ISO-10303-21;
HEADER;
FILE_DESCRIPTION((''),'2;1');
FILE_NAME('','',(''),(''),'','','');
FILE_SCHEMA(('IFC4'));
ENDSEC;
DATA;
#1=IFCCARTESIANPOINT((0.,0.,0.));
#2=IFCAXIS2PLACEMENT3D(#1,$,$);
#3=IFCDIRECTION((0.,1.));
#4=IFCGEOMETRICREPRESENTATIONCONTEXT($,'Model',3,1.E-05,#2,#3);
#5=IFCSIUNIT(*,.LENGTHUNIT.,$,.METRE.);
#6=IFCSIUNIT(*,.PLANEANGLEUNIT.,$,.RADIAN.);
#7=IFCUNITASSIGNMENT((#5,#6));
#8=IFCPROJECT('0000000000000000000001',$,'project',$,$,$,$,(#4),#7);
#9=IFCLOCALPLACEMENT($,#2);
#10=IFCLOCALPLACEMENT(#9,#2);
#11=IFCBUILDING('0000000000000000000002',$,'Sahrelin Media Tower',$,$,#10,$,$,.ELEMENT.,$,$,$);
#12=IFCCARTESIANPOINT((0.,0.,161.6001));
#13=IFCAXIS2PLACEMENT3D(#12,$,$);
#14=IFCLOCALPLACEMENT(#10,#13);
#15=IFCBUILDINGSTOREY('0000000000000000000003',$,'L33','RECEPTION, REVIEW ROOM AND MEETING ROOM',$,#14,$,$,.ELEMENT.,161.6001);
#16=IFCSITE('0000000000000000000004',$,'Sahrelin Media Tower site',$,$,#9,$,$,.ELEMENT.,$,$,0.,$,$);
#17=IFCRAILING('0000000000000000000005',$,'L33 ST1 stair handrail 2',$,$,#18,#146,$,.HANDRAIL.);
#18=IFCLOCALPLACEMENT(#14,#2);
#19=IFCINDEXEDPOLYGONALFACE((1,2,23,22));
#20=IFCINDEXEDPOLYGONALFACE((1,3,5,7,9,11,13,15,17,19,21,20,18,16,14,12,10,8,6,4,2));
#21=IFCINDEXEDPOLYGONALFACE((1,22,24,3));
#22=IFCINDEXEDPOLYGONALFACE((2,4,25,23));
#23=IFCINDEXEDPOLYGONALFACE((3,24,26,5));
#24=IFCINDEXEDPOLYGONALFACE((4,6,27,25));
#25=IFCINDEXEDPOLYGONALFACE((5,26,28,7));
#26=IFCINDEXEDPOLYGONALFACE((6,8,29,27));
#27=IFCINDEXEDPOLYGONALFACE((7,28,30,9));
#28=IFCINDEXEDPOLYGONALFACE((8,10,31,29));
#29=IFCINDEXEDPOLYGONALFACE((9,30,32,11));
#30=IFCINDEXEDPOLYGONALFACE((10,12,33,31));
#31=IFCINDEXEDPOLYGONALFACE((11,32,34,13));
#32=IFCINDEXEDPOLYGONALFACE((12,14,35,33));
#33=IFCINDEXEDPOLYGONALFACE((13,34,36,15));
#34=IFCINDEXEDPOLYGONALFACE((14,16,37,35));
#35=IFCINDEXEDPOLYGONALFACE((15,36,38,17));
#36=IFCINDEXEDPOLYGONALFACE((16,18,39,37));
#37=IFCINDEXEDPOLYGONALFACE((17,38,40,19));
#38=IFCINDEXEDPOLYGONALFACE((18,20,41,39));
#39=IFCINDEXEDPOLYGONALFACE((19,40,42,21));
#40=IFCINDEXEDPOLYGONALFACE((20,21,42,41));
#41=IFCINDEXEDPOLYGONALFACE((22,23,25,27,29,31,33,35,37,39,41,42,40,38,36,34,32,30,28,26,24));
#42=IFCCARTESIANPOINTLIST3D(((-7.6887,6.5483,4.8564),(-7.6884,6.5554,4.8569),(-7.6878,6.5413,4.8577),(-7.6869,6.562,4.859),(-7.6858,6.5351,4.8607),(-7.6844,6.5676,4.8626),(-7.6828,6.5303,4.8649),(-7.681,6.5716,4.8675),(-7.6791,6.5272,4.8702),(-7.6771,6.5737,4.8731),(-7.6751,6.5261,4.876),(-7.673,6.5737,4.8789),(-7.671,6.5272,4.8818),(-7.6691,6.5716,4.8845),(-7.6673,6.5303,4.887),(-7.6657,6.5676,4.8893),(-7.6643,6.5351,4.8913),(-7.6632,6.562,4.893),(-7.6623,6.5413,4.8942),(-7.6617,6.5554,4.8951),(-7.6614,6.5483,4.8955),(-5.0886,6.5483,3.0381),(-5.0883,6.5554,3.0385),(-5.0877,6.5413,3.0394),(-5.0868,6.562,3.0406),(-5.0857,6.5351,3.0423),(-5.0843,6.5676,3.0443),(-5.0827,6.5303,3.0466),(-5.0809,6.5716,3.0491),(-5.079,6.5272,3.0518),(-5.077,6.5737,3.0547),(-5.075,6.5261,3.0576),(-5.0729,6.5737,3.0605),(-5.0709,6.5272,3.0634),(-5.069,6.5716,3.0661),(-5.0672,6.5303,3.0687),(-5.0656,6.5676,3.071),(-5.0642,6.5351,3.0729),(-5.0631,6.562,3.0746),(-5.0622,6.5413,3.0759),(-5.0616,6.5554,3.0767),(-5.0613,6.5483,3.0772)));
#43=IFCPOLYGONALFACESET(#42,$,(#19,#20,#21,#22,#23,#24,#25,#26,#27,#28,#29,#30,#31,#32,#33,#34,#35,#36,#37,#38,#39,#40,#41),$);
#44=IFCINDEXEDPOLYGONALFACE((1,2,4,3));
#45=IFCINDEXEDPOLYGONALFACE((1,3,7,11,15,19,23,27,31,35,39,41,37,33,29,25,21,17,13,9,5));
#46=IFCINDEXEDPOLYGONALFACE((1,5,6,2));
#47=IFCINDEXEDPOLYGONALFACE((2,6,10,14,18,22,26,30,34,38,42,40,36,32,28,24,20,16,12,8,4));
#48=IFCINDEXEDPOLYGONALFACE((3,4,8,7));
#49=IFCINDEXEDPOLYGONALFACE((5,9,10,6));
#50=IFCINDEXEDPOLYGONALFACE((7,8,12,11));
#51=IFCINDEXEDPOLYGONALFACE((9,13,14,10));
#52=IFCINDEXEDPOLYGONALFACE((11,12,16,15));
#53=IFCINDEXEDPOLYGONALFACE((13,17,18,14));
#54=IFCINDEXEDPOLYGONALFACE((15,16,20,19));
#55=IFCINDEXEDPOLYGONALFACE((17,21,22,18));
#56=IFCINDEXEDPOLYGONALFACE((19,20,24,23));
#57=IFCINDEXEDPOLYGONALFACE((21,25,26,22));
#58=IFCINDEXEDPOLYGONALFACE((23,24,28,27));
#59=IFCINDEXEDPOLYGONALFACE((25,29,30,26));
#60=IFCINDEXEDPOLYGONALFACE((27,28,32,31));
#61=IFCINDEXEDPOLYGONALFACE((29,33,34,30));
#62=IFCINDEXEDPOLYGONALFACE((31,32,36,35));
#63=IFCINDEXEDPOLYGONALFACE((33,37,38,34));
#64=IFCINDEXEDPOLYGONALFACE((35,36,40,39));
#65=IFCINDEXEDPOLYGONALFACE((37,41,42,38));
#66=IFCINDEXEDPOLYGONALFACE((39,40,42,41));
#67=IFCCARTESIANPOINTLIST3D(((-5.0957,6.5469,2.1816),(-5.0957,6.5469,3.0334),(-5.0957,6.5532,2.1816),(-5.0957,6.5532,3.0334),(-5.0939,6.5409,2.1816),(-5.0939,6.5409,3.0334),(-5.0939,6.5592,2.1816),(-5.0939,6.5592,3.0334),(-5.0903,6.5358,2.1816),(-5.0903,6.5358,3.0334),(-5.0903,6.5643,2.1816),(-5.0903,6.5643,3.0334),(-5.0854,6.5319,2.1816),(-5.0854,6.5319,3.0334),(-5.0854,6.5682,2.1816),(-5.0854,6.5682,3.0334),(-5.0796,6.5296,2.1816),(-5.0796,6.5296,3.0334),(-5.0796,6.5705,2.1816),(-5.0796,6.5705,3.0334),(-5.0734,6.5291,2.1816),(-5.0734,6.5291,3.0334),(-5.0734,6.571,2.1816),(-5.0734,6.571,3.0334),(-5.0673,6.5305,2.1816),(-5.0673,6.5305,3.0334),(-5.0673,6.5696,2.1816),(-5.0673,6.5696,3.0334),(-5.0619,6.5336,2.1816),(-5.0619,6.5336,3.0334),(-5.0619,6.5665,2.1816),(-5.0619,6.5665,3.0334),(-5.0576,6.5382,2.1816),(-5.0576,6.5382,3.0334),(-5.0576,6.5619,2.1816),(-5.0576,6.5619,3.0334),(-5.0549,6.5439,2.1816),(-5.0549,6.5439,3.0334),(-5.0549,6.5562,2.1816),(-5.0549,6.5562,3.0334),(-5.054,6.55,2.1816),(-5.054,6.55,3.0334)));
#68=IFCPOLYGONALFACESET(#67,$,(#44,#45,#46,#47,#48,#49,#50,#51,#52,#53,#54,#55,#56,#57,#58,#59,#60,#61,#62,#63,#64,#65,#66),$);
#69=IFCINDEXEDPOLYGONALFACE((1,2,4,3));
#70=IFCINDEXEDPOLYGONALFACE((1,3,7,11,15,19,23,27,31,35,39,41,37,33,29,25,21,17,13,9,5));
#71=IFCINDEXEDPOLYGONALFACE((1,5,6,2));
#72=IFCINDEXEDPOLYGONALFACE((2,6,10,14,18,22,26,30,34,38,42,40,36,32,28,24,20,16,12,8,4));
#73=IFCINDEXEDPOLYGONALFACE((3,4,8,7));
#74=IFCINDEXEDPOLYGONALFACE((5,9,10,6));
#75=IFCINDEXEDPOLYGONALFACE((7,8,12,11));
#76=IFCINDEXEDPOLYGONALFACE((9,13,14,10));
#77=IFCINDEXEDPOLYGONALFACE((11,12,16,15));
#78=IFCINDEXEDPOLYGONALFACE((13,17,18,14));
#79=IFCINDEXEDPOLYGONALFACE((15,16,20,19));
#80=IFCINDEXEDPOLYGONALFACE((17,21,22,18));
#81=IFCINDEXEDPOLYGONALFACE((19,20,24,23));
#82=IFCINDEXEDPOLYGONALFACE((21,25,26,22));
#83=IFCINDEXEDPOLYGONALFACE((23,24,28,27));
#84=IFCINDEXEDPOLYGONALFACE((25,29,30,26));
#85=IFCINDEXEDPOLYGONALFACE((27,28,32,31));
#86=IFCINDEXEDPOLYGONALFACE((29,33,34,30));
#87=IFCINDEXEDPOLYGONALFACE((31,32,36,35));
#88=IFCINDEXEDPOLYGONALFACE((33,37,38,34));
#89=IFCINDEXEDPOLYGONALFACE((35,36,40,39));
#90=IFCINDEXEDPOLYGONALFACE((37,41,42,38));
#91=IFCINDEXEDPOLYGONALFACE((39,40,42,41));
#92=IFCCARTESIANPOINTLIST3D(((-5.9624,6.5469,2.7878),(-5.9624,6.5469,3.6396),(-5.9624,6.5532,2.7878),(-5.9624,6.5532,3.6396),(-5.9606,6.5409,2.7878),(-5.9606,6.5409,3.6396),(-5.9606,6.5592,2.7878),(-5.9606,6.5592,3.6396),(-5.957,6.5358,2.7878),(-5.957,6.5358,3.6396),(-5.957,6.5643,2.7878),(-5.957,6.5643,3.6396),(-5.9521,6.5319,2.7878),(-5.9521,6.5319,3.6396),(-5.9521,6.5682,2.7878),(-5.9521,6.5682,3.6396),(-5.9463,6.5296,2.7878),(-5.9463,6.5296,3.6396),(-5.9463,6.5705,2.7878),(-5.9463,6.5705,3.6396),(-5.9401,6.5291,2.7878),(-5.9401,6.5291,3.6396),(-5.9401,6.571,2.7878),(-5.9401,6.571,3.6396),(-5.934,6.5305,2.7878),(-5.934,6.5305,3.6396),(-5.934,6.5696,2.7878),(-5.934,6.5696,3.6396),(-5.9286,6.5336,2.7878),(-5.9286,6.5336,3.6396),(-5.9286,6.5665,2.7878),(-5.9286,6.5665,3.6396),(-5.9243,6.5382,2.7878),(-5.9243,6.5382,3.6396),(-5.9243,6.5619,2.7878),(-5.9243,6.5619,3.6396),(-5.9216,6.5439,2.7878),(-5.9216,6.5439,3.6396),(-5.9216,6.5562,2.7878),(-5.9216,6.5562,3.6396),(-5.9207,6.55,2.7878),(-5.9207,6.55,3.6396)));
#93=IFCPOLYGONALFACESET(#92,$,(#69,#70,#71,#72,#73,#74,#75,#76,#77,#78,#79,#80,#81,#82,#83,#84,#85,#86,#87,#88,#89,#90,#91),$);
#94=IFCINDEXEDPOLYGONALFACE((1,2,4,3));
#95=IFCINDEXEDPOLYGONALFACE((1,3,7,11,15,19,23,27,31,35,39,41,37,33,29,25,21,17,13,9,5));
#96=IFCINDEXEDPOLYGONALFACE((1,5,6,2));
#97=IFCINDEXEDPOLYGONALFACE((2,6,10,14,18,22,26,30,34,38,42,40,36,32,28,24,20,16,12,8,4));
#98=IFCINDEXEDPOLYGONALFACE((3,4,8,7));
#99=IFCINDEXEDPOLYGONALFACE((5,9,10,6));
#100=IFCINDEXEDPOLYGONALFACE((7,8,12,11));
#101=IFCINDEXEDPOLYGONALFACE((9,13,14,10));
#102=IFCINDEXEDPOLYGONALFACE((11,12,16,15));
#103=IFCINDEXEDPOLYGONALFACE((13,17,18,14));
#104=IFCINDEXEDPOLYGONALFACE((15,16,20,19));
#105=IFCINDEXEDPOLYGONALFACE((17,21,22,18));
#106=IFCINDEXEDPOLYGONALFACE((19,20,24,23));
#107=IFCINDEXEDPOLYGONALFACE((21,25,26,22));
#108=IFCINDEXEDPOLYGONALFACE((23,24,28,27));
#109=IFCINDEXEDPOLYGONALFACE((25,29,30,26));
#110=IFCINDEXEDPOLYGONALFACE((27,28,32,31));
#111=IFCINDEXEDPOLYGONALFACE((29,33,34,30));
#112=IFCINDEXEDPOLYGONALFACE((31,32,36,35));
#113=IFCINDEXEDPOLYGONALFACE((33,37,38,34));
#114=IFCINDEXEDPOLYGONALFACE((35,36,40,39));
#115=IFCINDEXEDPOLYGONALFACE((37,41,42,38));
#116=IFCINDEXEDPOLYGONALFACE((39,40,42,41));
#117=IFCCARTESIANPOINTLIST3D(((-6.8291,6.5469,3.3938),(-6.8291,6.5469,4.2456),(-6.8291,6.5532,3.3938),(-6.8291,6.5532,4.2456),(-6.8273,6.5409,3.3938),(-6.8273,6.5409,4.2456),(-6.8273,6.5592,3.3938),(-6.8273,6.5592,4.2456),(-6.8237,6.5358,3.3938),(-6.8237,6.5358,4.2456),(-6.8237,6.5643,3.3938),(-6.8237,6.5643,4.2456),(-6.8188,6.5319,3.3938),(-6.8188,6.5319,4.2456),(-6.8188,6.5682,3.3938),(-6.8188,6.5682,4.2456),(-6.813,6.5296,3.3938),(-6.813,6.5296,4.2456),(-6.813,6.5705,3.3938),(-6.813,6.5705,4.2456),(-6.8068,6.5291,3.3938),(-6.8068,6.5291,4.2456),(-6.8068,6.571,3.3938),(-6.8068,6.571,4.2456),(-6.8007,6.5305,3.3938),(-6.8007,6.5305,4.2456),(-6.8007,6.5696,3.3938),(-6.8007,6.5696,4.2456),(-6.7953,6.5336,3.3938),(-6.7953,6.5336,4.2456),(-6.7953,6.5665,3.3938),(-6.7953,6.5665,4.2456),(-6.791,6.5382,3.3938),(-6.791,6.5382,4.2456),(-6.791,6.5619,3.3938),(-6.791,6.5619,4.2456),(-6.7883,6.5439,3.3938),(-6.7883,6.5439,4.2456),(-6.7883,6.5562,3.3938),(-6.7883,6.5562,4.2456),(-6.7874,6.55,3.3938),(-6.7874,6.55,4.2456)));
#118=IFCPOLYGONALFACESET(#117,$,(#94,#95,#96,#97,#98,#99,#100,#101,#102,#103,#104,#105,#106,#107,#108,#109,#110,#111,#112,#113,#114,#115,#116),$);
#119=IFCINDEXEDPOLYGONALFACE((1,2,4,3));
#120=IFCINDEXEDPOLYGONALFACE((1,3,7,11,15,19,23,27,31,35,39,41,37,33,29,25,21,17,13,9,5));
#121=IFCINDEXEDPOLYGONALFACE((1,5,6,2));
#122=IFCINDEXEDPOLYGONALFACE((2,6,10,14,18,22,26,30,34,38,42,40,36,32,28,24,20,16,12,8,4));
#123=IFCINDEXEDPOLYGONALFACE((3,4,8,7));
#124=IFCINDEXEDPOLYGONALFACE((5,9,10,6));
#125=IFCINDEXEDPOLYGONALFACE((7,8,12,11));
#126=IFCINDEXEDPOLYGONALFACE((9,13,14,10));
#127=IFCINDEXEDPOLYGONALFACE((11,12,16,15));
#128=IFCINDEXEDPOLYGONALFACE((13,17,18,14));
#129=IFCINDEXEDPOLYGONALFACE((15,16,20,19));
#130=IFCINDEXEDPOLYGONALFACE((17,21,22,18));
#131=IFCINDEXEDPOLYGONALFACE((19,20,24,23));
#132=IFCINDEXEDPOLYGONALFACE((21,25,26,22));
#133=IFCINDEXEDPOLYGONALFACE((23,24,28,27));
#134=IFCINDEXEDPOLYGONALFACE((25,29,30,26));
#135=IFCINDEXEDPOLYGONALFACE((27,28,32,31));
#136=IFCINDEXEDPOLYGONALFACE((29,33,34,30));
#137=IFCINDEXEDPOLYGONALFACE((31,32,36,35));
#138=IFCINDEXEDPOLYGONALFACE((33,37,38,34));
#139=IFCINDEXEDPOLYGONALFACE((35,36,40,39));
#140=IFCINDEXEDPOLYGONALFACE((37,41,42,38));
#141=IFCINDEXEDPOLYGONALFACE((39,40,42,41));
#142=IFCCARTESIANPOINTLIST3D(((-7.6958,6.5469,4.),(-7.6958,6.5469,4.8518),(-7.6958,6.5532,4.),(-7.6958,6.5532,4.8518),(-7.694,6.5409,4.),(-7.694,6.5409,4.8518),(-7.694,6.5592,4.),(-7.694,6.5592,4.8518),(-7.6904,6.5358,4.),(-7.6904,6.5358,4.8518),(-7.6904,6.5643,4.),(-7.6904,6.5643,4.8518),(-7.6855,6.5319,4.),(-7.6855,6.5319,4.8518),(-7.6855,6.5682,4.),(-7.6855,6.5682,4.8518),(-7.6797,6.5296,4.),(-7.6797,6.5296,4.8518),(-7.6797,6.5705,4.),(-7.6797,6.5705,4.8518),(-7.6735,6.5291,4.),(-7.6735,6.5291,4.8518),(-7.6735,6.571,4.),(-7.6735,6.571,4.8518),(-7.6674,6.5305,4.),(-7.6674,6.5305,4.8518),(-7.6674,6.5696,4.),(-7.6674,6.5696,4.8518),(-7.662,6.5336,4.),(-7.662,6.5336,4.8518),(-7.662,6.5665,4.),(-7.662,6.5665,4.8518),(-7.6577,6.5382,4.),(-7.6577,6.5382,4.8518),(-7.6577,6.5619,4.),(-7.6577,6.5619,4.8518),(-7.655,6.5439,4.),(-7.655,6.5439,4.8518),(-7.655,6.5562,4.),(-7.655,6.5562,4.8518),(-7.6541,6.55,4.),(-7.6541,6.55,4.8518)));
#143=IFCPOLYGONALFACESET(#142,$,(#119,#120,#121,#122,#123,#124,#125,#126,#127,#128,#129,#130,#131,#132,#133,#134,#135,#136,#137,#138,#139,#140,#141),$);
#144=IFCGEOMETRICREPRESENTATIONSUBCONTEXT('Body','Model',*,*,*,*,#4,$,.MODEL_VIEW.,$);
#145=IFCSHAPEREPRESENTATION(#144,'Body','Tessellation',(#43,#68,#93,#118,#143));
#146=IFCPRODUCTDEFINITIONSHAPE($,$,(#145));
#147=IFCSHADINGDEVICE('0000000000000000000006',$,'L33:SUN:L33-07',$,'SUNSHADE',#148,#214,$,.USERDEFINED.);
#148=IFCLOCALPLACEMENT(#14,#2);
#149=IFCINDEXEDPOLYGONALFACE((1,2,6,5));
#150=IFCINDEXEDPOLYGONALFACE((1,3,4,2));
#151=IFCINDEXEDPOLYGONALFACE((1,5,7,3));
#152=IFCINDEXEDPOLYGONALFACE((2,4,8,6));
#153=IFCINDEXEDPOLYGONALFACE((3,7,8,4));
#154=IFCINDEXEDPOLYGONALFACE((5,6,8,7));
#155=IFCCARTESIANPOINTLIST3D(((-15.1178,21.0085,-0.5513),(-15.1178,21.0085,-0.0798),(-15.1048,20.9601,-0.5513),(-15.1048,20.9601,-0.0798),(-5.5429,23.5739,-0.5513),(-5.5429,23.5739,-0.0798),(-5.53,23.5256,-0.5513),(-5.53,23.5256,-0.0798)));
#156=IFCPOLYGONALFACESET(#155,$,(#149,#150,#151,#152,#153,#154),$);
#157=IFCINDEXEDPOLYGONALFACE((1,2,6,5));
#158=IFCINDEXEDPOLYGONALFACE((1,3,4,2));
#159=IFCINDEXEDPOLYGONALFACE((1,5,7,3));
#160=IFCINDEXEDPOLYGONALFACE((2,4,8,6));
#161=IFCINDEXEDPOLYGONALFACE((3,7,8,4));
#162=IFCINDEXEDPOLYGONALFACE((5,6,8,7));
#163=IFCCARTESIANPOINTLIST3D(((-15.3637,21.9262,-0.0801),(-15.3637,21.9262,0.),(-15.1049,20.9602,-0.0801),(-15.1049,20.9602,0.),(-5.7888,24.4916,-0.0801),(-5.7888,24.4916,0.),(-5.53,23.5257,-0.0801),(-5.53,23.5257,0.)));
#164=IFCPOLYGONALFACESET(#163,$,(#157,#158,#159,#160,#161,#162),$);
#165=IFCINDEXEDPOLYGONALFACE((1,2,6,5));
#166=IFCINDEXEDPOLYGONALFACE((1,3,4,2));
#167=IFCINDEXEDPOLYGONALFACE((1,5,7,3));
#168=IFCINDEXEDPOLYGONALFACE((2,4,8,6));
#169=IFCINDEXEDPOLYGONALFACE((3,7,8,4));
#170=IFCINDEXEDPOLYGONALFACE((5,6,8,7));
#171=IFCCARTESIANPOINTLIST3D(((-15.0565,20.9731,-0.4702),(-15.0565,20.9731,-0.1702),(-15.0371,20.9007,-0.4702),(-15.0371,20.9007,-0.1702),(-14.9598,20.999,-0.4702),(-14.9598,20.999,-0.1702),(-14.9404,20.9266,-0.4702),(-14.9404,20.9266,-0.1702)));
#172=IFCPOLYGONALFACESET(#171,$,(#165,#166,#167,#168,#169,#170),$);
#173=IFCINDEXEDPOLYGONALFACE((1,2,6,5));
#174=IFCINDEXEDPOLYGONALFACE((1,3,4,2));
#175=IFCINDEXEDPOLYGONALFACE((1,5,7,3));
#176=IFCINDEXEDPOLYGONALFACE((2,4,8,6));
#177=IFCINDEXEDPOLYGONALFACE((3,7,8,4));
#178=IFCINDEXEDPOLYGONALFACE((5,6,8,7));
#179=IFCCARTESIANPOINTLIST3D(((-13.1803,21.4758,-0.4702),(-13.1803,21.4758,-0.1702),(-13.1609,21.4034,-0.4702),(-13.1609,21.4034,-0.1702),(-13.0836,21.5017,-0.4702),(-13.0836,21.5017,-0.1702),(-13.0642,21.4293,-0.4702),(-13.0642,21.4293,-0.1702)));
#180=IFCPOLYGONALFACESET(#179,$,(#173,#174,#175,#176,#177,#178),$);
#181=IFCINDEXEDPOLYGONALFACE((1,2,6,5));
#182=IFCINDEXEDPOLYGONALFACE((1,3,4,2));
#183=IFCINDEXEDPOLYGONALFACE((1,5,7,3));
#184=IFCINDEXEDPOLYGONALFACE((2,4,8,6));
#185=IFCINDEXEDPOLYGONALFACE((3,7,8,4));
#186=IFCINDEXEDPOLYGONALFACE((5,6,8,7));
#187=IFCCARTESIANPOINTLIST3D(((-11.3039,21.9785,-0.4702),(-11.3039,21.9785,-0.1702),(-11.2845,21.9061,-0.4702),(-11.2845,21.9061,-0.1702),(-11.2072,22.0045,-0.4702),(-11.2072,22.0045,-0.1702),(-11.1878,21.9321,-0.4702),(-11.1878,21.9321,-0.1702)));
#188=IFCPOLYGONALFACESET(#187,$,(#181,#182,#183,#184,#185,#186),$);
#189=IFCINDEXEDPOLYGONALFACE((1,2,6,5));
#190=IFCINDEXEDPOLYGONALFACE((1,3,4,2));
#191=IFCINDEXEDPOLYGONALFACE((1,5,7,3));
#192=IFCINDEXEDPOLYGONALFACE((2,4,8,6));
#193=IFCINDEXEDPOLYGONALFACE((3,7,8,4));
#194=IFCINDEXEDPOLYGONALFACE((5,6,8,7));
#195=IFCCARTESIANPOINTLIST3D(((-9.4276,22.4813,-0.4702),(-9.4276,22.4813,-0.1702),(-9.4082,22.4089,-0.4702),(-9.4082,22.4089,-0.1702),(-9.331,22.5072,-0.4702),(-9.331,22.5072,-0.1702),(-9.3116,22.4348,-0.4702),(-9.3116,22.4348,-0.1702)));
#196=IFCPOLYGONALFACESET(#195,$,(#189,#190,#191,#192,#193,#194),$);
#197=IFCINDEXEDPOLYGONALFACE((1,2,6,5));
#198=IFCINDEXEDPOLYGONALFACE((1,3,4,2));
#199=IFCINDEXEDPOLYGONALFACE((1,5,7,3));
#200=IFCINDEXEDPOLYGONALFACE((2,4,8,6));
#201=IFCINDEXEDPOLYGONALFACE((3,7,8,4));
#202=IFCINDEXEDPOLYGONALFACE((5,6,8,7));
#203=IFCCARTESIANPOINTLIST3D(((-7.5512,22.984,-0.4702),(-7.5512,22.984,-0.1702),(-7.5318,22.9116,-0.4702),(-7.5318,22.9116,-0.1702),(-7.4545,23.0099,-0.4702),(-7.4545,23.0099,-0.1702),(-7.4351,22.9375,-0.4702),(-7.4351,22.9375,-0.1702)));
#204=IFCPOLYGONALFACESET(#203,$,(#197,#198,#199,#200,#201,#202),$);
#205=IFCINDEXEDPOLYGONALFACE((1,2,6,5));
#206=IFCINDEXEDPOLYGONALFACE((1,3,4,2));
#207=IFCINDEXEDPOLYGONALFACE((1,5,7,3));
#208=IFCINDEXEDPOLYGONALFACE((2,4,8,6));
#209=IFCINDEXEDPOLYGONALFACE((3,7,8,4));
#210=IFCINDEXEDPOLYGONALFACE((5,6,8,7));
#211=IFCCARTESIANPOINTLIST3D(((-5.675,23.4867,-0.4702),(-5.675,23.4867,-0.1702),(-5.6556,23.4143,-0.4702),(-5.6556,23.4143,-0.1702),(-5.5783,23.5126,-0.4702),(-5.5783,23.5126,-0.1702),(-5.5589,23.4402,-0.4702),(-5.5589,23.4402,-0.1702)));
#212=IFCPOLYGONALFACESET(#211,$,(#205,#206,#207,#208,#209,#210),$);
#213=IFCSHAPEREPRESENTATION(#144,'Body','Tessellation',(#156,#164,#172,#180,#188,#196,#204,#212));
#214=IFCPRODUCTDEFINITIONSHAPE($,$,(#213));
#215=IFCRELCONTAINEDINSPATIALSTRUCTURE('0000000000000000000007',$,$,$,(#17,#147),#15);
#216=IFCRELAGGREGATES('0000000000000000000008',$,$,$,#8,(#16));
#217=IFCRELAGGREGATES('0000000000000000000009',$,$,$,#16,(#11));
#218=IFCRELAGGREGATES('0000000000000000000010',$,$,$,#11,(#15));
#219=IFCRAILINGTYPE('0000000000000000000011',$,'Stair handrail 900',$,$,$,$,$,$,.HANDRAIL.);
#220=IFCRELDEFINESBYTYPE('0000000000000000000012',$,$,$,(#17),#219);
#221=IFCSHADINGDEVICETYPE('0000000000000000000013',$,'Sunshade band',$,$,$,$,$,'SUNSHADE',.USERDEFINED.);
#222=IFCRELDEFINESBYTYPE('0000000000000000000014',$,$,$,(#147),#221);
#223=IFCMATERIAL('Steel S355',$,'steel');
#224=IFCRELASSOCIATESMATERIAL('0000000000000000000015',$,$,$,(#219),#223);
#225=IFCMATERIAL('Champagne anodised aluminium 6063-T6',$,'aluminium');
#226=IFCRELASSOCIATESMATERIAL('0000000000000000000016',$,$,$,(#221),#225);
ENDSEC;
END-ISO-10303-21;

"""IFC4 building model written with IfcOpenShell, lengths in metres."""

from ifc_helpers import new_model, si_unit, direction, frame, origin, origin_2d, place, context, subcontext, project, spatial, rectangle, circle, extrude, material, type_object, element, save


model = new_model("IFC4")

# Units and contexts
model_context = context("Model", 3, precision=1e-05, world=origin(), true_north=direction((0.0, 1.0)))
body_context = subcontext(model_context, "Body", "Model", "MODEL_VIEW")
ifc_project = project(units=[si_unit("LENGTHUNIT", "METRE"), si_unit("PLANEANGLEUNIT", "RADIAN")], contexts=[model_context])

# Site, building, storey
site_placement = place(None, origin())
site = spatial("IfcSite", under=ifc_project, at=site_placement, Name="Sahrelin Media Tower site", CompositionType="ELEMENT", RefElevation=0.0)
building_placement = place(site_placement, origin())
building = spatial("IfcBuilding", under=site, at=building_placement, Name="Sahrelin Media Tower", CompositionType="ELEMENT")
storey_placement = place(building_placement, frame((0.0, 0.0, 161.6001)))
storey = spatial("IfcBuildingStorey", under=building, at=storey_placement, Name="L33", Description="RECEPTION, REVIEW ROOM AND MEETING ROOM", CompositionType="ELEMENT", Elevation=161.6001)

# Shared definitions
ifc_material_1 = material(Name="Steel S355", Category="steel")

# Shared definitions
ifc_material_2 = material(Name="Champagne anodised aluminium 6063-T6", Category="aluminium")

# Shared definitions
placement = place(storey_placement, frame((-10.3123, 22.2236, 0.0), z_axis=(0.0, 0.0, 1.0), x_axis=(0.965929, 0.258808, 0.0)))

# Railing
railing_type = type_object("IfcRailingType", Name="Stair handrail 900", PredefinedType="HANDRAIL", material=ifc_material_1)
railing_placement = place(storey_placement, frame((-5.075, 6.55, 2.1816)))
element("IfcRailing", 1, at=railing_placement, inside=storey, type_object=railing_type, Name="L33 ST1 stair handrail 2", PredefinedType="HANDRAIL", context=body_context, shape_type="SweptSolid", body=[
    extrude(circle(Radius=0.0239, at=origin_2d()), frame((0.0, 0.0, 0.876), z_axis=(-0.819485, 0.0, 0.573101), x_axis=(0.0, -1.0, 0.0)), (0.0, 0.0, 1.0), 3.1729),
    extrude(circle(Radius=0.021, at=origin_2d()), origin(), (0.0, 0.0, 1.0), 0.8518),
    extrude(circle(Radius=0.021, at=origin_2d()), frame((-0.8667, 0.0, 0.6062)), (0.0, 0.0, 1.0), 0.8518),
    extrude(circle(Radius=0.021, at=origin_2d()), frame((-1.7334, 0.0, 1.2122)), (0.0, 0.0, 1.0), 0.8518),
    extrude(circle(Radius=0.021, at=origin_2d()), frame((-2.6001, 0.0, 1.8184)), (0.0, 0.0, 1.0), 0.8518),
])

# Shading device
shading_device_type_1 = type_object("IfcShadingDeviceType", Name="Sunshade band", ElementType="SUNSHADE", PredefinedType="USERDEFINED", material=ifc_material_2)
element("IfcShadingDevice", 2, at=placement, inside=storey, type_object=shading_device_type_1, Name="L33:SUN:L33-07", ObjectType="SUNSHADE", PredefinedType="USERDEFINED", context=body_context, shape_type="SweptSolid", body=[
    extrude(rectangle(XDim=9.9126, YDim=0.05, at=origin_2d()), frame((0.0, 0.0449, -0.5513)), (0.0, 0.0, 1.0), 0.4714),
    extrude(rectangle(XDim=9.9126, YDim=1.0, at=origin_2d()), frame((0.0, 0.52, -0.0801)), (0.0, 0.0, 1.0), 0.0801),
    extrude(rectangle(XDim=0.1001, YDim=0.075, at=origin_2d()), frame((-4.8562, -0.0176, -0.4702)), (0.0, 0.0, 1.0), 0.3),
    extrude(rectangle(XDim=0.1001, YDim=0.075, at=origin_2d()), frame((-2.9138, -0.0176, -0.4702)), (0.0, 0.0, 1.0), 0.3),
    extrude(rectangle(XDim=0.1001, YDim=0.075, at=origin_2d()), frame((-0.9712, -0.0176, -0.4702)), (0.0, 0.0, 1.0), 0.3),
    extrude(rectangle(XDim=0.1001, YDim=0.075, at=origin_2d()), frame((0.9712, -0.0176, -0.4702)), (0.0, 0.0, 1.0), 0.3),
    extrude(rectangle(XDim=0.1001, YDim=0.075, at=origin_2d()), frame((2.9138, -0.0176, -0.4702)), (0.0, 0.0, 1.0), 0.3),
    extrude(rectangle(XDim=0.1001, YDim=0.075, at=origin_2d()), frame((4.8562, -0.0176, -0.4702)), (0.0, 0.0, 1.0), 0.3),
])

save(model, "model.ifc")
